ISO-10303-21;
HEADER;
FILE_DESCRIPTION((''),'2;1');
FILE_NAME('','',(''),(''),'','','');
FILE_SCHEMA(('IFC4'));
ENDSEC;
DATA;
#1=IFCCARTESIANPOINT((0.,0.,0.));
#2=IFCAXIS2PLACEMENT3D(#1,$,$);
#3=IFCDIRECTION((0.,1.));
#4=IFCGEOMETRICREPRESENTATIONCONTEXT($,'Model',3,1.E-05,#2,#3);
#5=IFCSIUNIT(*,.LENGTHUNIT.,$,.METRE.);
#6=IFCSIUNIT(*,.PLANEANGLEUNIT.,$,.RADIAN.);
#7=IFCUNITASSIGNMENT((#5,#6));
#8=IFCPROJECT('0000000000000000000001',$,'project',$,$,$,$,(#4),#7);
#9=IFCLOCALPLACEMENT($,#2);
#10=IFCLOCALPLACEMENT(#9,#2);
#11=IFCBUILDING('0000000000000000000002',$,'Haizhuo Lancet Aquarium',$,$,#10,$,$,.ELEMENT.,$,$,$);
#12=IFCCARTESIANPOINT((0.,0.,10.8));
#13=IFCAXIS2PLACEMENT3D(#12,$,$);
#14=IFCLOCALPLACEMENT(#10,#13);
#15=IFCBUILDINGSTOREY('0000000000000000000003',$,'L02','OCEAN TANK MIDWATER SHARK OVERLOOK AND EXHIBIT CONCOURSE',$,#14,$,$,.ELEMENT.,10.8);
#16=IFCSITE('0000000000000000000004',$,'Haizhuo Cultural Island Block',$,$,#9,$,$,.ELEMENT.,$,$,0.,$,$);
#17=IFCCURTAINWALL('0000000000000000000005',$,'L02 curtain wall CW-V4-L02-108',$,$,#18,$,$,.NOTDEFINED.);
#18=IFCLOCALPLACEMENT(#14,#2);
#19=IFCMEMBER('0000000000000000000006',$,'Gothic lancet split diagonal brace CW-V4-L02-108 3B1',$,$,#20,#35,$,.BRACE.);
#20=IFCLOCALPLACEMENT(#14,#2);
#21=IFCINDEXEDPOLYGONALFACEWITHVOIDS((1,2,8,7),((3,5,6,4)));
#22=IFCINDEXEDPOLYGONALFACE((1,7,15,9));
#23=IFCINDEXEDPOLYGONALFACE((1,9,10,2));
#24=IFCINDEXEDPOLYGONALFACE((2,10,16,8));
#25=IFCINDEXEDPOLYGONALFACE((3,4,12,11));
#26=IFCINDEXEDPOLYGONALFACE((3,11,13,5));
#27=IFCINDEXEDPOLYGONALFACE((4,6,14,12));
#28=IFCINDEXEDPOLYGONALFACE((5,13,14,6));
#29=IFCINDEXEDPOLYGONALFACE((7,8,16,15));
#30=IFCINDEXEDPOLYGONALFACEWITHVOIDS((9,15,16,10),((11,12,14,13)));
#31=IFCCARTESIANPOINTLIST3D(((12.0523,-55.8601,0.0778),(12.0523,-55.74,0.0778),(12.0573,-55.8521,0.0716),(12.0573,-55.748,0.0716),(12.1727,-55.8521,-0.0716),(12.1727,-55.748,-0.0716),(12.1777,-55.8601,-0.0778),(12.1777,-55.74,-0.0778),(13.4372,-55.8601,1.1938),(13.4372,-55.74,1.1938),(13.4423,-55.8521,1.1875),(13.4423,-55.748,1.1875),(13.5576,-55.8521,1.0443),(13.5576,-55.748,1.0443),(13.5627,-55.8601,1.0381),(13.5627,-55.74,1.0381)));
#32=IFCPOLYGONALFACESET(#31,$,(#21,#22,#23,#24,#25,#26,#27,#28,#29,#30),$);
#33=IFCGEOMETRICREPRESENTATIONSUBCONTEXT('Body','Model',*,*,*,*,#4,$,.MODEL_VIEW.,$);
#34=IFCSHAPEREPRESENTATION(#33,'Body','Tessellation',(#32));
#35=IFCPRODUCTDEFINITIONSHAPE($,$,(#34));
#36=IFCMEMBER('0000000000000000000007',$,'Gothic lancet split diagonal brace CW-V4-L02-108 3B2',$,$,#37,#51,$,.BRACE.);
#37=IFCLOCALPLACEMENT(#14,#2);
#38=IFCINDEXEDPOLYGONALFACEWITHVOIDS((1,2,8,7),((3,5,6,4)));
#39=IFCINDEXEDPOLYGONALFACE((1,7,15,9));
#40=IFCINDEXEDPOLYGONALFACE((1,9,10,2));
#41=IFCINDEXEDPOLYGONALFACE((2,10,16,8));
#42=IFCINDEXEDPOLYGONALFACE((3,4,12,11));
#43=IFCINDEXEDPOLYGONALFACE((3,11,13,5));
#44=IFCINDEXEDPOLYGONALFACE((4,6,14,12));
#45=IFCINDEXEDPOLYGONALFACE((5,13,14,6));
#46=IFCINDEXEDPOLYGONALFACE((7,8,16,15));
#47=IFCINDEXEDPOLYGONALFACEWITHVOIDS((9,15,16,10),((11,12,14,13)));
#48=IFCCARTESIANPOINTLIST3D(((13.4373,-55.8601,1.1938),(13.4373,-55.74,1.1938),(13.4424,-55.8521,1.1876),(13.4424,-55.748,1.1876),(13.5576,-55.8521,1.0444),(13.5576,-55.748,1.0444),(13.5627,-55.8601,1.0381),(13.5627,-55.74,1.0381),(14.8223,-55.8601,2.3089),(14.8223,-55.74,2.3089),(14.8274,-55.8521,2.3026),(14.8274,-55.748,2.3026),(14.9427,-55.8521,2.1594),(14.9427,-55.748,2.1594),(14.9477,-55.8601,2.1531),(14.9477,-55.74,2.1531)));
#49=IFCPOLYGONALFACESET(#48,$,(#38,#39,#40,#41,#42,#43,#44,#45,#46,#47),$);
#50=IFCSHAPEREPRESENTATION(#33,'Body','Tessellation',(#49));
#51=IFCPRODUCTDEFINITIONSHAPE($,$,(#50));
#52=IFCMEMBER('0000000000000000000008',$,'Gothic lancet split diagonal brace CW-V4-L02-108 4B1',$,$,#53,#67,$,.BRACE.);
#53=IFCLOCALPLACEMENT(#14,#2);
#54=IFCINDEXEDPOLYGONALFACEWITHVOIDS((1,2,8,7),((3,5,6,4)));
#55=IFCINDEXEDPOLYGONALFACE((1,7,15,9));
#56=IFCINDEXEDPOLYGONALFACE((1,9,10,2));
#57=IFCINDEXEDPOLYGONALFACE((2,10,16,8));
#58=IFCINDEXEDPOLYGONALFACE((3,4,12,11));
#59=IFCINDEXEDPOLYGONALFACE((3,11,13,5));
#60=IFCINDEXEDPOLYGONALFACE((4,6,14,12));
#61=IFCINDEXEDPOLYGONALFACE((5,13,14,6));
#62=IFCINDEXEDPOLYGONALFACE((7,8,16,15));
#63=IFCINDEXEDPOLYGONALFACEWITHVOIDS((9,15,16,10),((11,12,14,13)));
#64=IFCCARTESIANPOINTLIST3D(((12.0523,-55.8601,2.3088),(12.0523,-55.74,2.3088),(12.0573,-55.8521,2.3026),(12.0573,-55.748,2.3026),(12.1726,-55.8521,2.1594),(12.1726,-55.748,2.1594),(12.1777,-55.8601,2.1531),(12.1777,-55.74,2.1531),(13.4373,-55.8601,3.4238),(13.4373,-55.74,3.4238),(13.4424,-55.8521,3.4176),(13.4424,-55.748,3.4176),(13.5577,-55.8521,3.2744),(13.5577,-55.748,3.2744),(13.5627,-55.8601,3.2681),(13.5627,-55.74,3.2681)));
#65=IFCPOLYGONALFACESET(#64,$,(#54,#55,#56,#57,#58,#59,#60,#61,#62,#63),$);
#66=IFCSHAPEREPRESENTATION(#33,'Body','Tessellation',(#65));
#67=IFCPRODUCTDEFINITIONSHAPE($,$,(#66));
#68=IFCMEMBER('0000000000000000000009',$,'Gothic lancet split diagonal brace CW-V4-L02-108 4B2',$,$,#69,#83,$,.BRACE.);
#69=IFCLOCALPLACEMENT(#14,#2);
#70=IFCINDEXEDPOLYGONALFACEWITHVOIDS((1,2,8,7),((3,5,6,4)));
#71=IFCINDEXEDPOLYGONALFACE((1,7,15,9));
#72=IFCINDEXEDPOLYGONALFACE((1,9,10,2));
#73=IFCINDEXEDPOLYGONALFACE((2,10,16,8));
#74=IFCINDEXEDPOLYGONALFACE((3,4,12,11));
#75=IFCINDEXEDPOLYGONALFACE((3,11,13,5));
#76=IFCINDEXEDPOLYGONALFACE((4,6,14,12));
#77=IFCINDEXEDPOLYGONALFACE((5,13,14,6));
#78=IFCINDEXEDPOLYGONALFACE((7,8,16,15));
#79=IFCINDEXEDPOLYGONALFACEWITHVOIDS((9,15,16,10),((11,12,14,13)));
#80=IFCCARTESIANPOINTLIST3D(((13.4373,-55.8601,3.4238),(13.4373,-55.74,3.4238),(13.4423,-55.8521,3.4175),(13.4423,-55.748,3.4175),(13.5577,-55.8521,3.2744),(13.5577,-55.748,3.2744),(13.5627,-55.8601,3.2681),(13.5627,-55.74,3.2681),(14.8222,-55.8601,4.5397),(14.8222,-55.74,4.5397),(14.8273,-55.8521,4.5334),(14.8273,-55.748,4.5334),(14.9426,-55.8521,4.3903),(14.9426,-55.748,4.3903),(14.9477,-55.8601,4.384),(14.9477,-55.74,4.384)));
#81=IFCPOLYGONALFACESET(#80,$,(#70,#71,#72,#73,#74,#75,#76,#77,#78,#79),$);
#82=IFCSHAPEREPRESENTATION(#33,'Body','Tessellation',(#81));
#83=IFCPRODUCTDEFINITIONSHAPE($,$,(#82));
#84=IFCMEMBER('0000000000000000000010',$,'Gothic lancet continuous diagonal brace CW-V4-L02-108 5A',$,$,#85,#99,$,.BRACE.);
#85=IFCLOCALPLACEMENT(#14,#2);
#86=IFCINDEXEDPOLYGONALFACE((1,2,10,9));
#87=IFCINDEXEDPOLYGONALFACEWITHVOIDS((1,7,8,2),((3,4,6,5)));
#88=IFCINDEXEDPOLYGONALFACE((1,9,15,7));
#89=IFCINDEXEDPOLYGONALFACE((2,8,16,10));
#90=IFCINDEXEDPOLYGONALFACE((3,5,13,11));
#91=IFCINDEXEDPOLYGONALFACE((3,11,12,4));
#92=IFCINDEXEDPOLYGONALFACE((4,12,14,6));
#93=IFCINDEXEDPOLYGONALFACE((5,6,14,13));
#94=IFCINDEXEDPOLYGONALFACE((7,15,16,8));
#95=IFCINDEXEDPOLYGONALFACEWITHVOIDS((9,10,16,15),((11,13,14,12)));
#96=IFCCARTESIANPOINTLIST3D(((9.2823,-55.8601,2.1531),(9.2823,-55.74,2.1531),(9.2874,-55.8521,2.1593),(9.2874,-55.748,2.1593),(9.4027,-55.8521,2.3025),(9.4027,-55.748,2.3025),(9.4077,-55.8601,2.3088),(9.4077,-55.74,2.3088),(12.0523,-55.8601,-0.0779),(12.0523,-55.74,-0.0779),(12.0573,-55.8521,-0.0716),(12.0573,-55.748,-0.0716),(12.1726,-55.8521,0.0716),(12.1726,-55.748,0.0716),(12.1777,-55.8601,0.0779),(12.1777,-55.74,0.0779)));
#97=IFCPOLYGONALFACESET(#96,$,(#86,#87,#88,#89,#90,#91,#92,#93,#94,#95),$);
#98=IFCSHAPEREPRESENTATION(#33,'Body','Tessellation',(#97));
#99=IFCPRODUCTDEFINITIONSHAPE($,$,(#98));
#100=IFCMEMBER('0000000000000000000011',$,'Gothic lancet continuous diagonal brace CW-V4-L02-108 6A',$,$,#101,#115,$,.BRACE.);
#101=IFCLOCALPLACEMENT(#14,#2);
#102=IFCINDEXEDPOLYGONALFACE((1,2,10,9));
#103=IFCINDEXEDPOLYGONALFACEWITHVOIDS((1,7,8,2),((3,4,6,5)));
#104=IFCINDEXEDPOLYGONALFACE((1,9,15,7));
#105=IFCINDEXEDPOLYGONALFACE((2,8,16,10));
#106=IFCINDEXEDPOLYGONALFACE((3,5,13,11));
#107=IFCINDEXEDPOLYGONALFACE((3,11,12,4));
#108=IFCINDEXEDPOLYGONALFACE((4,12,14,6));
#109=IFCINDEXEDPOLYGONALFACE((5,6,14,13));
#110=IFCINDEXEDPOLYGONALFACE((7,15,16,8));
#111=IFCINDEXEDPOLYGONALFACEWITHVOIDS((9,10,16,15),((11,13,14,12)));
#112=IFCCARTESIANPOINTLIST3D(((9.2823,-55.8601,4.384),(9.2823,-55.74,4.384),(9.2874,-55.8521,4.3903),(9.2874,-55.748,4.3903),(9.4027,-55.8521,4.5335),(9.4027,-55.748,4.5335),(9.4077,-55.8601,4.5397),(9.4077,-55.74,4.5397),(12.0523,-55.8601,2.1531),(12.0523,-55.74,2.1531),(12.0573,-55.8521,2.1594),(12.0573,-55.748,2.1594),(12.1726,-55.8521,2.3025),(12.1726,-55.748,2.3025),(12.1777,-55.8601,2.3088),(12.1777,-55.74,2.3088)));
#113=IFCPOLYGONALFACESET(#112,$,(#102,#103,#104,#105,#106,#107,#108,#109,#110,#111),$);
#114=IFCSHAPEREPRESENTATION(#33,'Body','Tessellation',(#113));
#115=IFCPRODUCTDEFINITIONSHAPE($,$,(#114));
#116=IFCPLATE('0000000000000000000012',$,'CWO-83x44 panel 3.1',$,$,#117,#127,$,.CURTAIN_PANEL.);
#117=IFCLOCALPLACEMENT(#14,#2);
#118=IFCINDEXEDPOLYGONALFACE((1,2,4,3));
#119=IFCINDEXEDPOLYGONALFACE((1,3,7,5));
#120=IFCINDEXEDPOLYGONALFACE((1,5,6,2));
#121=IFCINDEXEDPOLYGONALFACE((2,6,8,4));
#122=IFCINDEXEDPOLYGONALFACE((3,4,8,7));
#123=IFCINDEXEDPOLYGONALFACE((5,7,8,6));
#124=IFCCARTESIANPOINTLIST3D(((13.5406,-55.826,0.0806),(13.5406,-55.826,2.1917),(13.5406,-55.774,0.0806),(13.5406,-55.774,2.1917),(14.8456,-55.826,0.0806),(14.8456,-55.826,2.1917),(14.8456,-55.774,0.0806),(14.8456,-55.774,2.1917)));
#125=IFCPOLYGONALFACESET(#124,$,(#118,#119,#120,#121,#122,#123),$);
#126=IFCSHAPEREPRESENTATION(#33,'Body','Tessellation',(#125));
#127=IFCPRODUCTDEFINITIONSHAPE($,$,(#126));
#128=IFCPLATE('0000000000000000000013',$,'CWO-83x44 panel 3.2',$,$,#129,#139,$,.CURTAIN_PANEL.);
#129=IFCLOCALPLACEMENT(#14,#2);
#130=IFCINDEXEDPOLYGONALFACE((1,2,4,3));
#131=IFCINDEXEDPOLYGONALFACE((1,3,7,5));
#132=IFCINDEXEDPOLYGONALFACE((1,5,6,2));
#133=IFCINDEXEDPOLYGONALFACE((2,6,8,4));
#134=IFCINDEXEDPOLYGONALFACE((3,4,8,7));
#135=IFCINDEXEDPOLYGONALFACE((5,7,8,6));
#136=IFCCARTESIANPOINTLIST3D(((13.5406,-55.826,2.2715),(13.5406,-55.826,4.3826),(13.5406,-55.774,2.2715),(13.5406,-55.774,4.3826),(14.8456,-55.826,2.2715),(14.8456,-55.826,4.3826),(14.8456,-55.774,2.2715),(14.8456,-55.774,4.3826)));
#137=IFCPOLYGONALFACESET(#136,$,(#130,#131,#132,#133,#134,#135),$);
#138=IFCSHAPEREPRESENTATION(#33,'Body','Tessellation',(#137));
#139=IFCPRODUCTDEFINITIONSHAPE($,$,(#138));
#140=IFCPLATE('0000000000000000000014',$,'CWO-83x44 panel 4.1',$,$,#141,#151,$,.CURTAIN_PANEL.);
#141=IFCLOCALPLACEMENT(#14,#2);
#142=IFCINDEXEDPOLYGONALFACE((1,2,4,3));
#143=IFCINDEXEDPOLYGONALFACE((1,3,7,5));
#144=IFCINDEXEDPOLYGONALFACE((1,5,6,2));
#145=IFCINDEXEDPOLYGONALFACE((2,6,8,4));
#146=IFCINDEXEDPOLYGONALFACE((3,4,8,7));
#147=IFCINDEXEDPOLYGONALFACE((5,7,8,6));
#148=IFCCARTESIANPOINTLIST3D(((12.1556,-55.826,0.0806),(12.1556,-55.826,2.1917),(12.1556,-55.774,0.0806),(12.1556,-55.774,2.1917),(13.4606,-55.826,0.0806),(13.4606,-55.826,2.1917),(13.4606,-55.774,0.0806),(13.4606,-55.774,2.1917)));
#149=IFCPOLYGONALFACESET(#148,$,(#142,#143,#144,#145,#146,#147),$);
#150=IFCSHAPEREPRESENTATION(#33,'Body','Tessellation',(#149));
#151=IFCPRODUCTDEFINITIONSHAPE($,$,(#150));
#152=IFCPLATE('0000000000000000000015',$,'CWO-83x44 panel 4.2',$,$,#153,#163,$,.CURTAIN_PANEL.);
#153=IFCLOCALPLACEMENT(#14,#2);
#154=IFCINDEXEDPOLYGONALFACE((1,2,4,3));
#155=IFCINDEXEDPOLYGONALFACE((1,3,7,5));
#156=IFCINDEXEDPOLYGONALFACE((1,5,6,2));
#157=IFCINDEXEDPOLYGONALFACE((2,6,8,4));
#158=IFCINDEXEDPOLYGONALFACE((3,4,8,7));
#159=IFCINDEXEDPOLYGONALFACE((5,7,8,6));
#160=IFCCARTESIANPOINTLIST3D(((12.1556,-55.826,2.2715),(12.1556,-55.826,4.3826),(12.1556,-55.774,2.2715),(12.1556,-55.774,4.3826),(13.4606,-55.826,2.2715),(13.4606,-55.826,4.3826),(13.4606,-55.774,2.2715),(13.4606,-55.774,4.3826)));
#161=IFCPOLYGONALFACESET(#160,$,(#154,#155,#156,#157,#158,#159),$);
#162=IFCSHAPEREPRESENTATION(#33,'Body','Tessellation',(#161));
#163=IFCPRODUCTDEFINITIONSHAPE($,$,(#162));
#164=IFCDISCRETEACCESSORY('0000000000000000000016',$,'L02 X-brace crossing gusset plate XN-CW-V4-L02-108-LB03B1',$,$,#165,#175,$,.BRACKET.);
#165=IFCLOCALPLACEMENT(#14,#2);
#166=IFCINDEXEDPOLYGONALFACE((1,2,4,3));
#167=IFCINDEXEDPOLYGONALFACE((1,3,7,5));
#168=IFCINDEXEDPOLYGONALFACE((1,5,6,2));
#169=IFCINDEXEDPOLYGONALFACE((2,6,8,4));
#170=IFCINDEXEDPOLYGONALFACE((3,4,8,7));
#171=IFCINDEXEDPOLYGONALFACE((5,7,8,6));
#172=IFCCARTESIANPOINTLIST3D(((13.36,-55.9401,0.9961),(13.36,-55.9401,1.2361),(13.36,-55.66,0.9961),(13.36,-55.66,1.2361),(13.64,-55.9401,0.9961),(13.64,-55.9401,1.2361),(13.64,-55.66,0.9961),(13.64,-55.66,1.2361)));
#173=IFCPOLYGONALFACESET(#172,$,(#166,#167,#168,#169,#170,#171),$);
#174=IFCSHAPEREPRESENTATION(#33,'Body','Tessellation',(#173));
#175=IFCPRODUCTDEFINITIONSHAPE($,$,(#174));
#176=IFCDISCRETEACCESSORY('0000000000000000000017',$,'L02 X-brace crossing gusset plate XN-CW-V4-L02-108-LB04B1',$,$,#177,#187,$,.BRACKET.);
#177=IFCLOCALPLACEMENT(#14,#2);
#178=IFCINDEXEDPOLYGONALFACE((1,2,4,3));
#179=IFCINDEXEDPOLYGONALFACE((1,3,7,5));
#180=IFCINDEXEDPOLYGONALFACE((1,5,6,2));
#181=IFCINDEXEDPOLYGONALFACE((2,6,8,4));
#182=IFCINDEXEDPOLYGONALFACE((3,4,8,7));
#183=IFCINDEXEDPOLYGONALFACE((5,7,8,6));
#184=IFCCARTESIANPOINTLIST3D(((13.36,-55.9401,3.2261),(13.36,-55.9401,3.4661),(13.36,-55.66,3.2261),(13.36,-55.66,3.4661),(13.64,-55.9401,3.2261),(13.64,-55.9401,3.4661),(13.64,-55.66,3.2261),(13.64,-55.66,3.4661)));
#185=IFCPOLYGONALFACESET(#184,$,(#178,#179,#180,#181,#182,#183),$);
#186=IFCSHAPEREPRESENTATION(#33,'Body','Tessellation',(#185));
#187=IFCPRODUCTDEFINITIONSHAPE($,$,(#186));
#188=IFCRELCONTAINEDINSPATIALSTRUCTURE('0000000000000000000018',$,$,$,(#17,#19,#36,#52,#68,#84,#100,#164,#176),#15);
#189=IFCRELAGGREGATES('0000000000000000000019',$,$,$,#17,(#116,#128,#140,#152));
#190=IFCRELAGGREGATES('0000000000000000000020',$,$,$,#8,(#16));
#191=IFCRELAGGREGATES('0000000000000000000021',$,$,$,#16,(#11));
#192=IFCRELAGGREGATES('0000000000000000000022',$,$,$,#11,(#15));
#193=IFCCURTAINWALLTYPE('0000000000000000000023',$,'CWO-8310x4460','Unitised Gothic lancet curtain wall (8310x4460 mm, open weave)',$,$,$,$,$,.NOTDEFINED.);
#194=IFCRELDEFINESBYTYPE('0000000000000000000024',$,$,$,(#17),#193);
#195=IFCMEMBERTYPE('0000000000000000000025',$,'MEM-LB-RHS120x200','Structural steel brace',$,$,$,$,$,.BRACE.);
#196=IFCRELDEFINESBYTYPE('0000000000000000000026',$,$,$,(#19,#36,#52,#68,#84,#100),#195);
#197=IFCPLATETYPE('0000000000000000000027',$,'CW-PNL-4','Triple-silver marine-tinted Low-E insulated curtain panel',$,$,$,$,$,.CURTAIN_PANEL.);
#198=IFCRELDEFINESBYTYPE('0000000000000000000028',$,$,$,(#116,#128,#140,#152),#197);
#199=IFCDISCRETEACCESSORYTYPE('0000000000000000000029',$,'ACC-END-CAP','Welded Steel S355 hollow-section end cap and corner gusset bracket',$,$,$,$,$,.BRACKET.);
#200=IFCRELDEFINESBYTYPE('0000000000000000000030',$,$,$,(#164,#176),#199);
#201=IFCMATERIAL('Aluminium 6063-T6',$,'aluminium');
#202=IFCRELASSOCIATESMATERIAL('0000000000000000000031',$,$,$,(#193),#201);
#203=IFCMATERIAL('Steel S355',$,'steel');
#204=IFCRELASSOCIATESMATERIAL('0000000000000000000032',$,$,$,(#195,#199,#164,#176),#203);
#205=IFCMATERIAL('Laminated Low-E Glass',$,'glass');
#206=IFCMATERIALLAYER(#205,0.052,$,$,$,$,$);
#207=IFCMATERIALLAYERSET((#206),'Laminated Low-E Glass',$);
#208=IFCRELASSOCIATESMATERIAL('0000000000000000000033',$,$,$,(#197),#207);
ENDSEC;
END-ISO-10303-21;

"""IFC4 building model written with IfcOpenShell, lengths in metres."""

from ifc_helpers import new_model, si_unit, direction, frame, origin, origin_2d, place, context, subcontext, project, spatial, rectangle, hollow_rectangle, extrude, material, layer, layer_set, material_profile, profile_set, type_object, element, aggregate, save


model = new_model("IFC4")

# Units and contexts
model_context = context("Model", 3, precision=1e-05, world=origin(), true_north=direction((0.0, 1.0)))
body_context = subcontext(model_context, "Body", "Model", "MODEL_VIEW")
ifc_project = project(units=[si_unit("LENGTHUNIT", "METRE"), si_unit("PLANEANGLEUNIT", "RADIAN")], contexts=[model_context])

# Site, building, storey
site_placement = place(None, origin())
site = spatial("IfcSite", under=ifc_project, at=site_placement, Name="Haizhuo Cultural Island Block", CompositionType="ELEMENT", RefElevation=0.0)
building_placement = place(site_placement, origin())
building = spatial("IfcBuilding", under=site, at=building_placement, Name="Haizhuo Lancet Aquarium", CompositionType="ELEMENT")
storey_placement = place(building_placement, frame((0.0, 0.0, 10.8)))
storey = spatial("IfcBuildingStorey", under=building, at=storey_placement, Name="L02", Description="OCEAN TANK MIDWATER SHARK OVERLOOK AND EXHIBIT CONCOURSE", CompositionType="ELEMENT", Elevation=10.8)

# Curtain wall
ifc_material_1 = material(Name="Aluminium 6063-T6", Category="aluminium")
curtain_wall_type = type_object("IfcCurtainWallType", Name="CWO-8310x4460", Description="Unitised Gothic lancet curtain wall (8310x4460 mm, open weave)", PredefinedType="NOTDEFINED", material=ifc_material_1)
curtain_wall_placement = place(storey_placement, origin())
curtain_wall = element("IfcCurtainWall", 1, at=curtain_wall_placement, inside=storey, type_object=curtain_wall_type, Name="L02 curtain wall CW-V4-L02-108", PredefinedType="NOTDEFINED")

# Members
ifc_material_2 = material(Name="Steel S355", Category="steel")
ifc_material_profile_1 = material_profile(ifc_material_2, hollow_rectangle(XDim=0.1201, YDim=0.2, WallThickness=0.0081, at=origin_2d()), Name="RHS 120x200x8")
ifc_profile_set_1 = profile_set([ifc_material_profile_1], Name="Steel S355")
member_type_1 = type_object("IfcMemberType", Name="MEM-LB-RHS120x200", Description="Structural steel brace", PredefinedType="BRACE", material=ifc_profile_set_1)
member_1_placement = place(storey_placement, frame((12.115, -55.8, 0.0), z_axis=(0.778681, 0.0, 0.62742), x_axis=(0.0, 1.0, 0.0)))
element("IfcMember", 2, at=member_1_placement, inside=storey, type_object=member_type_1, Name="Gothic lancet split diagonal brace CW-V4-L02-108 3B1", PredefinedType="BRACE", context=body_context, shape_type="SweptSolid", body=[
    extrude(hollow_rectangle(XDim=0.1201, YDim=0.2, WallThickness=0.0081, at=origin_2d()), origin(), (0.0, 0.0, 1.0), 1.7786),
])
for number, where, z_axis, x_axis, name in (
    (3, (13.5, -55.8, 1.116), (0.77895, 0.0, 0.627087), (0.0, 1.0, 0.0), "Gothic lancet split diagonal brace CW-V4-L02-108 3B2"),
    (4, (12.115, -55.8, 2.231), (0.77895, 0.0, 0.627087), (0.0, 1.0, 0.0), "Gothic lancet split diagonal brace CW-V4-L02-108 4B1"),
):
    element("IfcMember", number, at=place(storey_placement, frame(where, z_axis=z_axis, x_axis=x_axis)), inside=storey, type_object=member_type_1, Name=name, PredefinedType="BRACE", context=body_context, shape_type="SweptSolid", body=[
        extrude(hollow_rectangle(XDim=0.1201, YDim=0.2, WallThickness=0.0081, at=origin_2d()), origin(), (0.0, 0.0, 1.0), 1.7781),
    ])
member_2_placement = place(storey_placement, frame((13.5, -55.8, 3.3459), z_axis=(0.778681, 0.0, 0.62742), x_axis=(0.0, 1.0, 0.0)))
element("IfcMember", 5, at=member_2_placement, inside=storey, type_object=member_type_1, Name="Gothic lancet split diagonal brace CW-V4-L02-108 4B2", PredefinedType="BRACE", context=body_context, shape_type="SweptSolid", body=[
    extrude(hollow_rectangle(XDim=0.1201, YDim=0.2, WallThickness=0.0081, at=origin_2d()), origin(), (0.0, 0.0, 1.0), 1.7786),
])
for number, where, z_axis, x_axis, name in (
    (6, (12.115, -55.8, 0.0), (-0.778815, 0.0, 0.627253), (0.0, -1.0, 0.0), "Gothic lancet continuous diagonal brace CW-V4-L02-108 5A"),
    (7, (12.115, -55.8, 2.231), (-0.778815, 0.0, 0.627253), (0.0, -1.0, 0.0), "Gothic lancet continuous diagonal brace CW-V4-L02-108 6A"),
):
    element("IfcMember", number, at=place(storey_placement, frame(where, z_axis=z_axis, x_axis=x_axis)), inside=storey, type_object=member_type_1, Name=name, PredefinedType="BRACE", context=body_context, shape_type="SweptSolid", body=[
        extrude(hollow_rectangle(XDim=0.1201, YDim=0.2, WallThickness=0.0081, at=origin_2d()), origin(), (0.0, 0.0, 1.0), 3.5566),
    ])

# Plates
ifc_material_3 = material(Name="Laminated Low-E Glass", Category="glass")
ifc_layer = layer(ifc_material_3, 0.052)
ifc_layer_set = layer_set([ifc_layer], Name="Laminated Low-E Glass")
plate_type = type_object("IfcPlateType", Name="CW-PNL-4", Description="Triple-silver marine-tinted Low-E insulated curtain panel", PredefinedType="CURTAIN_PANEL", material=ifc_layer_set)
plate_1_placement = place(storey_placement, frame((14.1931, -55.8, 0.0806), z_axis=(0.0, 0.0, 1.0), x_axis=(-1.0, 0.0, 0.0)))
plate_1 = element("IfcPlate", 8, at=plate_1_placement, type_object=plate_type, Name="CWO-83x44 panel 3.1", PredefinedType="CURTAIN_PANEL", context=body_context, shape_type="SweptSolid", body=[
    extrude(rectangle(XDim=1.3049, YDim=0.052, at=origin_2d()), origin(), (0.0, 0.0, 1.0), 2.1111),
])
plate_2_placement = place(storey_placement, frame((14.1931, -55.8, 2.2715), z_axis=(0.0, 0.0, 1.0), x_axis=(-1.0, 0.0, 0.0)))
plate_2 = element("IfcPlate", 9, at=plate_2_placement, type_object=plate_type, Name="CWO-83x44 panel 3.2", PredefinedType="CURTAIN_PANEL", context=body_context, shape_type="SweptSolid", body=[
    extrude(rectangle(XDim=1.3049, YDim=0.052, at=origin_2d()), origin(), (0.0, 0.0, 1.0), 2.1111),
])
plate_3_placement = place(storey_placement, frame((12.8081, -55.8, 0.0806), z_axis=(0.0, 0.0, 1.0), x_axis=(-1.0, 0.0, 0.0)))
plate_3 = element("IfcPlate", 10, at=plate_3_placement, type_object=plate_type, Name="CWO-83x44 panel 4.1", PredefinedType="CURTAIN_PANEL", context=body_context, shape_type="SweptSolid", body=[
    extrude(rectangle(XDim=1.3049, YDim=0.052, at=origin_2d()), origin(), (0.0, 0.0, 1.0), 2.1111),
])
plate_4_placement = place(storey_placement, frame((12.8081, -55.8, 2.2715), z_axis=(0.0, 0.0, 1.0), x_axis=(-1.0, 0.0, 0.0)))
plate_4 = element("IfcPlate", 11, at=plate_4_placement, type_object=plate_type, Name="CWO-83x44 panel 4.2", PredefinedType="CURTAIN_PANEL", context=body_context, shape_type="SweptSolid", body=[
    extrude(rectangle(XDim=1.3049, YDim=0.052, at=origin_2d()), origin(), (0.0, 0.0, 1.0), 2.1111),
])
aggregate(curtain_wall, [plate_1, plate_2, plate_3, plate_4])

# Discrete accessories
discrete_accessory_type = type_object("IfcDiscreteAccessoryType", Name="ACC-END-CAP", Description="Welded Steel S355 hollow-section end cap and corner gusset bracket", PredefinedType="BRACKET", material=ifc_material_2)
for number, where, z_axis, x_axis, name in (
    (12, (13.5, -55.8, 0.9961), (0.0, 0.0, 1.0), (1.0, 0.0, 0.0), "L02 X-brace crossing gusset plate XN-CW-V4-L02-108-LB03B1"),
    (13, (13.5, -55.8, 3.2261), (0.0, 0.0, 1.0), (1.0, 0.0, 0.0), "L02 X-brace crossing gusset plate XN-CW-V4-L02-108-LB04B1"),
):
    element("IfcDiscreteAccessory", number, at=place(storey_placement, frame(where, z_axis=z_axis, x_axis=x_axis)), inside=storey, type_object=discrete_accessory_type, material=ifc_material_2, Name=name, PredefinedType="BRACKET", context=body_context, shape_type="SweptSolid", body=[
        extrude(rectangle(XDim=0.28, YDim=0.28, at=origin_2d()), origin(), (0.0, 0.0, 1.0), 0.24),
    ])

save(model, "model.ifc")
